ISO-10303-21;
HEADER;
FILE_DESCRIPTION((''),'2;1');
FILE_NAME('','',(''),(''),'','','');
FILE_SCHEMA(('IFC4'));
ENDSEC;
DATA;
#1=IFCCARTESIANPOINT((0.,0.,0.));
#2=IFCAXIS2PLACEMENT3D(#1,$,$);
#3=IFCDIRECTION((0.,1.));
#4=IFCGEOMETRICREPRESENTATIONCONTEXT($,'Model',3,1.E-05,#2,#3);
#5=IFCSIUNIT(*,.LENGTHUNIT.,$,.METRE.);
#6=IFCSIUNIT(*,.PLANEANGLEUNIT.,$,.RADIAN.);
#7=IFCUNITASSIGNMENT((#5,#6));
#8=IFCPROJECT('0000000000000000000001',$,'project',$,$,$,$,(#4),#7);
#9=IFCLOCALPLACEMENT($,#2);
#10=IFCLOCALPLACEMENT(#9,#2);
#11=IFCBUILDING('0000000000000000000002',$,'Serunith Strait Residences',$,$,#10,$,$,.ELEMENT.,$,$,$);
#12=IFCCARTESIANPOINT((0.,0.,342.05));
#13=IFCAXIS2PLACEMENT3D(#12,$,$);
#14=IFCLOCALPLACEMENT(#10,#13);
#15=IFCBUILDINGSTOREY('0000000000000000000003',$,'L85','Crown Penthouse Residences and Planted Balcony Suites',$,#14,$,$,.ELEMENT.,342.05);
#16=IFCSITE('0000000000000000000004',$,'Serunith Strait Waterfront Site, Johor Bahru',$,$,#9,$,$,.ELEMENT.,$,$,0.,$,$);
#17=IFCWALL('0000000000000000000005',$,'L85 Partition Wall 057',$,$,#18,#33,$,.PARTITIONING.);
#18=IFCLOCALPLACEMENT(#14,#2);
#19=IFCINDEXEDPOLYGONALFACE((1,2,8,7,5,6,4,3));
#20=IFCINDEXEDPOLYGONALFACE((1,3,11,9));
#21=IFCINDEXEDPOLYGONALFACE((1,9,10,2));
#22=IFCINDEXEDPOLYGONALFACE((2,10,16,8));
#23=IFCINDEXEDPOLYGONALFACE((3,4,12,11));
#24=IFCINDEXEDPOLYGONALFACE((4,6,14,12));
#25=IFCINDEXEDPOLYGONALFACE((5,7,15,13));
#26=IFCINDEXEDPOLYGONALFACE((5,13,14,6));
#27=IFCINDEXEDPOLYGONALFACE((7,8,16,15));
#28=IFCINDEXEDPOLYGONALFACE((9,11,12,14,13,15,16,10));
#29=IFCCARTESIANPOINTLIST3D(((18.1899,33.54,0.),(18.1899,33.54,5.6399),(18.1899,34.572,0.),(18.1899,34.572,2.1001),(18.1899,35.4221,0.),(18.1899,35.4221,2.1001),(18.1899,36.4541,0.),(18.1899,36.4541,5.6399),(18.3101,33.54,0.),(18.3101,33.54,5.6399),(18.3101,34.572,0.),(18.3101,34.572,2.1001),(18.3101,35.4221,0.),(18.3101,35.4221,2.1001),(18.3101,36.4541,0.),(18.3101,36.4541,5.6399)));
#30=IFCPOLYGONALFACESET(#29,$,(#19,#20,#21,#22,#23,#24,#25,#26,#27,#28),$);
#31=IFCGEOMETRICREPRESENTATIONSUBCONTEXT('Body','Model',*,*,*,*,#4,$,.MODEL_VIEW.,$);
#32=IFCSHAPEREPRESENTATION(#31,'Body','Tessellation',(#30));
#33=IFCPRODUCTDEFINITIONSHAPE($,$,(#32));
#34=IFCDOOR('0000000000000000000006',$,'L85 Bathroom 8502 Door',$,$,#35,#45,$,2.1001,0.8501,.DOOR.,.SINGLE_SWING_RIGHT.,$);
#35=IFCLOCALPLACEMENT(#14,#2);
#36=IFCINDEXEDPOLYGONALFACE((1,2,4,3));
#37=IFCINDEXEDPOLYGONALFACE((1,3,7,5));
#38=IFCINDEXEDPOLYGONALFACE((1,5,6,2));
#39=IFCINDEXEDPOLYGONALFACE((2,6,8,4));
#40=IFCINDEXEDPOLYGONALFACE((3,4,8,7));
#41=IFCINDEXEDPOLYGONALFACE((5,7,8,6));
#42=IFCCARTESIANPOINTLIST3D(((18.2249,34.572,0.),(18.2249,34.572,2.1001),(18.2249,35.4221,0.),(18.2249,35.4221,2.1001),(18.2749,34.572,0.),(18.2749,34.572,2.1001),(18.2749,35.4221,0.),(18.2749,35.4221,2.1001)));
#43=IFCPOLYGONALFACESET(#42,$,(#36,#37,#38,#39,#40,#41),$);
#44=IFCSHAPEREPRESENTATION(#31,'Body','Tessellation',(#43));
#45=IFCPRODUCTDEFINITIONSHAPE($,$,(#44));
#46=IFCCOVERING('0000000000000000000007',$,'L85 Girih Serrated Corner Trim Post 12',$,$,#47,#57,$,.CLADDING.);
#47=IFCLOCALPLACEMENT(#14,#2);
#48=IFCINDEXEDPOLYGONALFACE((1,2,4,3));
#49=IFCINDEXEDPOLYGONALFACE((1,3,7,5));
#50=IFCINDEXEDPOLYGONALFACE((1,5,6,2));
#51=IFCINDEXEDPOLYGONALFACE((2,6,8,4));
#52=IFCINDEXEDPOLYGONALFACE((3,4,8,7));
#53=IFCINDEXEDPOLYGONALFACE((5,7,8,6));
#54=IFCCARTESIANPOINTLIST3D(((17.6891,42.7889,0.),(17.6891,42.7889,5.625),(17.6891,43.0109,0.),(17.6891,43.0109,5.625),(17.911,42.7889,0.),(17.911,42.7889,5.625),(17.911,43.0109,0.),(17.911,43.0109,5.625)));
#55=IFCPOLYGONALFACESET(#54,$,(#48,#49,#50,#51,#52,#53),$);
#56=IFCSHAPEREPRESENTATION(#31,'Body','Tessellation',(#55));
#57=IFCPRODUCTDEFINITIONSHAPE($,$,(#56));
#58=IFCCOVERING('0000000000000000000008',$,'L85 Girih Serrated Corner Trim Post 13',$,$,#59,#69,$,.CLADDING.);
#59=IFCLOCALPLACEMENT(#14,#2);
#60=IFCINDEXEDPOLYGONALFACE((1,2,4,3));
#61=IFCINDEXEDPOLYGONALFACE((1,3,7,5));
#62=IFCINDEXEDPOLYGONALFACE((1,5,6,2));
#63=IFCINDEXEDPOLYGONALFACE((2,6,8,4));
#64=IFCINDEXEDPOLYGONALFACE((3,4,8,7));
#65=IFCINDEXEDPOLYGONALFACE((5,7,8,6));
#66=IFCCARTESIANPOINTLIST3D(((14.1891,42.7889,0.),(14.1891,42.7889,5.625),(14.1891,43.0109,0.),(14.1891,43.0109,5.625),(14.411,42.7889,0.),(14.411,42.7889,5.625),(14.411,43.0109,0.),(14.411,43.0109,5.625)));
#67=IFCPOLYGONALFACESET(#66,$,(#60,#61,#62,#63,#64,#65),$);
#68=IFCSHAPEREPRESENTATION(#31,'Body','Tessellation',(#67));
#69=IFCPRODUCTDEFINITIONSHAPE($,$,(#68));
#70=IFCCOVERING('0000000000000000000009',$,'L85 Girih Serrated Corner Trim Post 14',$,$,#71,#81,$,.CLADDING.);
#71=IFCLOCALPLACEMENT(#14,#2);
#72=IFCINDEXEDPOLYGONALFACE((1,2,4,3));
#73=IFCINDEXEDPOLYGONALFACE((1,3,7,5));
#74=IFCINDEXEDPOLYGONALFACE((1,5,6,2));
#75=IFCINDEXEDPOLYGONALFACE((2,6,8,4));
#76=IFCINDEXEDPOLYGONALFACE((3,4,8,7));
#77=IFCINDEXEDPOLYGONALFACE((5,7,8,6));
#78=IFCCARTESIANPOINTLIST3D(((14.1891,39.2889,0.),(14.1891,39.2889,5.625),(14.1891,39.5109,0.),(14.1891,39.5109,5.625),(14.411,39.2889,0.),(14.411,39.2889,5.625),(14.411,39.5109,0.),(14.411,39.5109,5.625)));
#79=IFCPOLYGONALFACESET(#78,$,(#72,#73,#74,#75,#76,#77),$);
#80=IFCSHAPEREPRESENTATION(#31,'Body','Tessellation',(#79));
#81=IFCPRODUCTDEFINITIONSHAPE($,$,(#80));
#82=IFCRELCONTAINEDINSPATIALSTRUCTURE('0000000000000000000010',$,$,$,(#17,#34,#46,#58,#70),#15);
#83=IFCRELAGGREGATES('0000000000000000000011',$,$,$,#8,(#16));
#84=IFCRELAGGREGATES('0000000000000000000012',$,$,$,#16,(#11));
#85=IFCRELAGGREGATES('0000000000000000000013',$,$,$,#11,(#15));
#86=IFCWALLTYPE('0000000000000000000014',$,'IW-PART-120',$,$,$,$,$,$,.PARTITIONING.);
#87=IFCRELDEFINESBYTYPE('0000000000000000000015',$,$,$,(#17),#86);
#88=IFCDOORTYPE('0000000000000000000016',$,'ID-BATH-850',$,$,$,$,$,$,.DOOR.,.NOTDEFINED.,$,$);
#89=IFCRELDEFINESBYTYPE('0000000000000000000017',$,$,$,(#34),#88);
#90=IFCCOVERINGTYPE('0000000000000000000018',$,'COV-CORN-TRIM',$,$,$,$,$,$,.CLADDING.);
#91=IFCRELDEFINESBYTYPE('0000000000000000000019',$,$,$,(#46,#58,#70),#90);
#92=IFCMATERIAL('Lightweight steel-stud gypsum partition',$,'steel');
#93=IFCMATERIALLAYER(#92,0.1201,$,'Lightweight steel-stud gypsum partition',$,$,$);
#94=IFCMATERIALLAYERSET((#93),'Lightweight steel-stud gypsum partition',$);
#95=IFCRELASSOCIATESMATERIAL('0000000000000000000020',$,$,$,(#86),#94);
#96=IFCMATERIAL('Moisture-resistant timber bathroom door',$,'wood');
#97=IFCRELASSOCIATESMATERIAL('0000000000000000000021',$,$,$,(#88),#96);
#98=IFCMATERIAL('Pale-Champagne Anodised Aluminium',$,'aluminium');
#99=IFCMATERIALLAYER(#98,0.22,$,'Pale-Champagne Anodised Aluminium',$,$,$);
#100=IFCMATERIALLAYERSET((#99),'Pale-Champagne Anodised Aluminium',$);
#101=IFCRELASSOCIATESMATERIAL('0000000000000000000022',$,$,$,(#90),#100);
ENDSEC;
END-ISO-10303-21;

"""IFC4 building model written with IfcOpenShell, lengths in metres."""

from ifc_helpers import new_model, si_unit, direction, frame, frame_2d, origin, origin_2d, place, context, subcontext, project, spatial, rectangle, extrude, source, transform, mapped, material, layer, layer_set, type_object, element, fill, save


model = new_model("IFC4")

# Units and contexts
model_context = context("Model", 3, precision=1e-05, world=origin(), true_north=direction((0.0, 1.0)))
body_context = subcontext(model_context, "Body", "Model", "MODEL_VIEW")
ifc_project = project(units=[si_unit("LENGTHUNIT", "METRE"), si_unit("PLANEANGLEUNIT", "RADIAN")], contexts=[model_context])

# Site, building, storey
site_placement = place(None, origin())
site = spatial("IfcSite", under=ifc_project, at=site_placement, Name="Serunith Strait Waterfront Site, Johor Bahru", CompositionType="ELEMENT", RefElevation=0.0)
building_placement = place(site_placement, origin())
building = spatial("IfcBuilding", under=site, at=building_placement, Name="Serunith Strait Residences", CompositionType="ELEMENT")
storey_placement = place(building_placement, frame((0.0, 0.0, 342.05)))
storey = spatial("IfcBuildingStorey", under=building, at=storey_placement, Name="L85", Description="Crown Penthouse Residences and Planted Balcony Suites", CompositionType="ELEMENT", Elevation=342.05)

# Shared definitions
ifc_material_1 = material(Name="Lightweight steel-stud gypsum partition", Category="steel")
ifc_layer_1 = layer(ifc_material_1, 0.1201, Name="Lightweight steel-stud gypsum partition")
ifc_layer_set_1 = layer_set([ifc_layer_1], Name="Lightweight steel-stud gypsum partition")
wall_type_1 = type_object("IfcWallType", Name="IW-PART-120", PredefinedType="PARTITIONING", material=ifc_layer_set_1)
shared_shape_1 = source(origin(), body_context, "Body", "SweptSolid", [
    extrude(rectangle(XDim=0.8501, YDim=2.1001, at=frame_2d((0.425, 1.05))), frame((0.0, 0.0249, 0.0), z_axis=(0.0, -1.0, 0.0), x_axis=(1.0, 0.0, 0.0)), (0.0, 0.0, 1.0), 0.05),
])

# Wall, opening, door
wall_1_placement = place(storey_placement, frame((18.25, 36.4541, 0.0), z_axis=(0.0, 0.0, 1.0), x_axis=(0.0, -1.0, 0.0)))
wall_1 = element("IfcWall", 1, at=wall_1_placement, inside=storey, type_object=wall_type_1, Name="L85 Partition Wall 057", PredefinedType="PARTITIONING", context=body_context, shape_type="SweptSolid", body=[
    extrude(rectangle(XDim=2.9141, YDim=0.1201, at=frame_2d((1.457, 0.0))), origin(), (0.0, 0.0, 1.0), 5.6399),
])
opening_1_placement = place(wall_1_placement, frame((1.032, 0.0, 0.0)))
opening_1 = element("IfcOpeningElement", 2, at=opening_1_placement, cuts=wall_1, PredefinedType="OPENING", context=body_context, shape_type="SweptSolid", body=[
    extrude(rectangle(XDim=0.8501, YDim=2.1001, at=frame_2d((0.425, 1.05))), frame((0.0, 0.0701, 0.0), z_axis=(0.0, -1.0, 0.0), x_axis=(1.0, 0.0, 0.0)), (0.0, 0.0, 1.0), 0.1401),
])
ifc_material_2 = material(Name="Moisture-resistant timber bathroom door", Category="wood")
door_type_1 = type_object("IfcDoorType", Name="ID-BATH-850", OperationType="NOTDEFINED", PredefinedType="DOOR", material=ifc_material_2)
door_1_placement = place(opening_1_placement, origin())
door_1 = element("IfcDoor", 3, at=door_1_placement, inside=storey, type_object=door_type_1, Name="L85 Bathroom 8502 Door", OperationType="SINGLE_SWING_RIGHT", OverallHeight=2.1001, OverallWidth=0.8501, PredefinedType="DOOR", context=body_context, shape_type="MappedRepresentation", body=[
    mapped(shared_shape_1, transform((0.0, 0.0, 0.0), scale=1.0)),
])
fill(opening_1, door_1)

# Coverings
ifc_material_3 = material(Name="Pale-Champagne Anodised Aluminium", Category="aluminium")
ifc_layer_2 = layer(ifc_material_3, 0.22, Name="Pale-Champagne Anodised Aluminium")
ifc_layer_set_2 = layer_set([ifc_layer_2], Name="Pale-Champagne Anodised Aluminium")
covering_type = type_object("IfcCoveringType", Name="COV-CORN-TRIM", PredefinedType="CLADDING", material=ifc_layer_set_2)
shared_shape_2 = source(origin(), body_context, "Body", "SweptSolid", [
    extrude(rectangle(XDim=0.2219, YDim=0.2219, at=origin_2d()), origin(), (0.0, 0.0, 1.0), 5.625),
])
for number, where, z_axis, x_axis, name in (
    (4, (17.8, 42.8999, 0.0), (0.0, 0.0, 1.0), (1.0, 0.0, 0.0), "L85 Girih Serrated Corner Trim Post 12"),
    (5, (14.3, 42.8999, 0.0), (0.0, 0.0, 1.0), (1.0, 0.0, 0.0), "L85 Girih Serrated Corner Trim Post 13"),
    (6, (14.3, 39.3999, 0.0), (0.0, 0.0, 1.0), (1.0, 0.0, 0.0), "L85 Girih Serrated Corner Trim Post 14"),
):
    element("IfcCovering", number, at=place(storey_placement, frame(where, z_axis=z_axis, x_axis=x_axis)), inside=storey, type_object=covering_type, Name=name, PredefinedType="CLADDING", context=body_context, shape_type="MappedRepresentation", body=[
        mapped(shared_shape_2, transform((0.0, 0.0, 0.0), scale=1.0)),
    ])

save(model, "model.ifc")
